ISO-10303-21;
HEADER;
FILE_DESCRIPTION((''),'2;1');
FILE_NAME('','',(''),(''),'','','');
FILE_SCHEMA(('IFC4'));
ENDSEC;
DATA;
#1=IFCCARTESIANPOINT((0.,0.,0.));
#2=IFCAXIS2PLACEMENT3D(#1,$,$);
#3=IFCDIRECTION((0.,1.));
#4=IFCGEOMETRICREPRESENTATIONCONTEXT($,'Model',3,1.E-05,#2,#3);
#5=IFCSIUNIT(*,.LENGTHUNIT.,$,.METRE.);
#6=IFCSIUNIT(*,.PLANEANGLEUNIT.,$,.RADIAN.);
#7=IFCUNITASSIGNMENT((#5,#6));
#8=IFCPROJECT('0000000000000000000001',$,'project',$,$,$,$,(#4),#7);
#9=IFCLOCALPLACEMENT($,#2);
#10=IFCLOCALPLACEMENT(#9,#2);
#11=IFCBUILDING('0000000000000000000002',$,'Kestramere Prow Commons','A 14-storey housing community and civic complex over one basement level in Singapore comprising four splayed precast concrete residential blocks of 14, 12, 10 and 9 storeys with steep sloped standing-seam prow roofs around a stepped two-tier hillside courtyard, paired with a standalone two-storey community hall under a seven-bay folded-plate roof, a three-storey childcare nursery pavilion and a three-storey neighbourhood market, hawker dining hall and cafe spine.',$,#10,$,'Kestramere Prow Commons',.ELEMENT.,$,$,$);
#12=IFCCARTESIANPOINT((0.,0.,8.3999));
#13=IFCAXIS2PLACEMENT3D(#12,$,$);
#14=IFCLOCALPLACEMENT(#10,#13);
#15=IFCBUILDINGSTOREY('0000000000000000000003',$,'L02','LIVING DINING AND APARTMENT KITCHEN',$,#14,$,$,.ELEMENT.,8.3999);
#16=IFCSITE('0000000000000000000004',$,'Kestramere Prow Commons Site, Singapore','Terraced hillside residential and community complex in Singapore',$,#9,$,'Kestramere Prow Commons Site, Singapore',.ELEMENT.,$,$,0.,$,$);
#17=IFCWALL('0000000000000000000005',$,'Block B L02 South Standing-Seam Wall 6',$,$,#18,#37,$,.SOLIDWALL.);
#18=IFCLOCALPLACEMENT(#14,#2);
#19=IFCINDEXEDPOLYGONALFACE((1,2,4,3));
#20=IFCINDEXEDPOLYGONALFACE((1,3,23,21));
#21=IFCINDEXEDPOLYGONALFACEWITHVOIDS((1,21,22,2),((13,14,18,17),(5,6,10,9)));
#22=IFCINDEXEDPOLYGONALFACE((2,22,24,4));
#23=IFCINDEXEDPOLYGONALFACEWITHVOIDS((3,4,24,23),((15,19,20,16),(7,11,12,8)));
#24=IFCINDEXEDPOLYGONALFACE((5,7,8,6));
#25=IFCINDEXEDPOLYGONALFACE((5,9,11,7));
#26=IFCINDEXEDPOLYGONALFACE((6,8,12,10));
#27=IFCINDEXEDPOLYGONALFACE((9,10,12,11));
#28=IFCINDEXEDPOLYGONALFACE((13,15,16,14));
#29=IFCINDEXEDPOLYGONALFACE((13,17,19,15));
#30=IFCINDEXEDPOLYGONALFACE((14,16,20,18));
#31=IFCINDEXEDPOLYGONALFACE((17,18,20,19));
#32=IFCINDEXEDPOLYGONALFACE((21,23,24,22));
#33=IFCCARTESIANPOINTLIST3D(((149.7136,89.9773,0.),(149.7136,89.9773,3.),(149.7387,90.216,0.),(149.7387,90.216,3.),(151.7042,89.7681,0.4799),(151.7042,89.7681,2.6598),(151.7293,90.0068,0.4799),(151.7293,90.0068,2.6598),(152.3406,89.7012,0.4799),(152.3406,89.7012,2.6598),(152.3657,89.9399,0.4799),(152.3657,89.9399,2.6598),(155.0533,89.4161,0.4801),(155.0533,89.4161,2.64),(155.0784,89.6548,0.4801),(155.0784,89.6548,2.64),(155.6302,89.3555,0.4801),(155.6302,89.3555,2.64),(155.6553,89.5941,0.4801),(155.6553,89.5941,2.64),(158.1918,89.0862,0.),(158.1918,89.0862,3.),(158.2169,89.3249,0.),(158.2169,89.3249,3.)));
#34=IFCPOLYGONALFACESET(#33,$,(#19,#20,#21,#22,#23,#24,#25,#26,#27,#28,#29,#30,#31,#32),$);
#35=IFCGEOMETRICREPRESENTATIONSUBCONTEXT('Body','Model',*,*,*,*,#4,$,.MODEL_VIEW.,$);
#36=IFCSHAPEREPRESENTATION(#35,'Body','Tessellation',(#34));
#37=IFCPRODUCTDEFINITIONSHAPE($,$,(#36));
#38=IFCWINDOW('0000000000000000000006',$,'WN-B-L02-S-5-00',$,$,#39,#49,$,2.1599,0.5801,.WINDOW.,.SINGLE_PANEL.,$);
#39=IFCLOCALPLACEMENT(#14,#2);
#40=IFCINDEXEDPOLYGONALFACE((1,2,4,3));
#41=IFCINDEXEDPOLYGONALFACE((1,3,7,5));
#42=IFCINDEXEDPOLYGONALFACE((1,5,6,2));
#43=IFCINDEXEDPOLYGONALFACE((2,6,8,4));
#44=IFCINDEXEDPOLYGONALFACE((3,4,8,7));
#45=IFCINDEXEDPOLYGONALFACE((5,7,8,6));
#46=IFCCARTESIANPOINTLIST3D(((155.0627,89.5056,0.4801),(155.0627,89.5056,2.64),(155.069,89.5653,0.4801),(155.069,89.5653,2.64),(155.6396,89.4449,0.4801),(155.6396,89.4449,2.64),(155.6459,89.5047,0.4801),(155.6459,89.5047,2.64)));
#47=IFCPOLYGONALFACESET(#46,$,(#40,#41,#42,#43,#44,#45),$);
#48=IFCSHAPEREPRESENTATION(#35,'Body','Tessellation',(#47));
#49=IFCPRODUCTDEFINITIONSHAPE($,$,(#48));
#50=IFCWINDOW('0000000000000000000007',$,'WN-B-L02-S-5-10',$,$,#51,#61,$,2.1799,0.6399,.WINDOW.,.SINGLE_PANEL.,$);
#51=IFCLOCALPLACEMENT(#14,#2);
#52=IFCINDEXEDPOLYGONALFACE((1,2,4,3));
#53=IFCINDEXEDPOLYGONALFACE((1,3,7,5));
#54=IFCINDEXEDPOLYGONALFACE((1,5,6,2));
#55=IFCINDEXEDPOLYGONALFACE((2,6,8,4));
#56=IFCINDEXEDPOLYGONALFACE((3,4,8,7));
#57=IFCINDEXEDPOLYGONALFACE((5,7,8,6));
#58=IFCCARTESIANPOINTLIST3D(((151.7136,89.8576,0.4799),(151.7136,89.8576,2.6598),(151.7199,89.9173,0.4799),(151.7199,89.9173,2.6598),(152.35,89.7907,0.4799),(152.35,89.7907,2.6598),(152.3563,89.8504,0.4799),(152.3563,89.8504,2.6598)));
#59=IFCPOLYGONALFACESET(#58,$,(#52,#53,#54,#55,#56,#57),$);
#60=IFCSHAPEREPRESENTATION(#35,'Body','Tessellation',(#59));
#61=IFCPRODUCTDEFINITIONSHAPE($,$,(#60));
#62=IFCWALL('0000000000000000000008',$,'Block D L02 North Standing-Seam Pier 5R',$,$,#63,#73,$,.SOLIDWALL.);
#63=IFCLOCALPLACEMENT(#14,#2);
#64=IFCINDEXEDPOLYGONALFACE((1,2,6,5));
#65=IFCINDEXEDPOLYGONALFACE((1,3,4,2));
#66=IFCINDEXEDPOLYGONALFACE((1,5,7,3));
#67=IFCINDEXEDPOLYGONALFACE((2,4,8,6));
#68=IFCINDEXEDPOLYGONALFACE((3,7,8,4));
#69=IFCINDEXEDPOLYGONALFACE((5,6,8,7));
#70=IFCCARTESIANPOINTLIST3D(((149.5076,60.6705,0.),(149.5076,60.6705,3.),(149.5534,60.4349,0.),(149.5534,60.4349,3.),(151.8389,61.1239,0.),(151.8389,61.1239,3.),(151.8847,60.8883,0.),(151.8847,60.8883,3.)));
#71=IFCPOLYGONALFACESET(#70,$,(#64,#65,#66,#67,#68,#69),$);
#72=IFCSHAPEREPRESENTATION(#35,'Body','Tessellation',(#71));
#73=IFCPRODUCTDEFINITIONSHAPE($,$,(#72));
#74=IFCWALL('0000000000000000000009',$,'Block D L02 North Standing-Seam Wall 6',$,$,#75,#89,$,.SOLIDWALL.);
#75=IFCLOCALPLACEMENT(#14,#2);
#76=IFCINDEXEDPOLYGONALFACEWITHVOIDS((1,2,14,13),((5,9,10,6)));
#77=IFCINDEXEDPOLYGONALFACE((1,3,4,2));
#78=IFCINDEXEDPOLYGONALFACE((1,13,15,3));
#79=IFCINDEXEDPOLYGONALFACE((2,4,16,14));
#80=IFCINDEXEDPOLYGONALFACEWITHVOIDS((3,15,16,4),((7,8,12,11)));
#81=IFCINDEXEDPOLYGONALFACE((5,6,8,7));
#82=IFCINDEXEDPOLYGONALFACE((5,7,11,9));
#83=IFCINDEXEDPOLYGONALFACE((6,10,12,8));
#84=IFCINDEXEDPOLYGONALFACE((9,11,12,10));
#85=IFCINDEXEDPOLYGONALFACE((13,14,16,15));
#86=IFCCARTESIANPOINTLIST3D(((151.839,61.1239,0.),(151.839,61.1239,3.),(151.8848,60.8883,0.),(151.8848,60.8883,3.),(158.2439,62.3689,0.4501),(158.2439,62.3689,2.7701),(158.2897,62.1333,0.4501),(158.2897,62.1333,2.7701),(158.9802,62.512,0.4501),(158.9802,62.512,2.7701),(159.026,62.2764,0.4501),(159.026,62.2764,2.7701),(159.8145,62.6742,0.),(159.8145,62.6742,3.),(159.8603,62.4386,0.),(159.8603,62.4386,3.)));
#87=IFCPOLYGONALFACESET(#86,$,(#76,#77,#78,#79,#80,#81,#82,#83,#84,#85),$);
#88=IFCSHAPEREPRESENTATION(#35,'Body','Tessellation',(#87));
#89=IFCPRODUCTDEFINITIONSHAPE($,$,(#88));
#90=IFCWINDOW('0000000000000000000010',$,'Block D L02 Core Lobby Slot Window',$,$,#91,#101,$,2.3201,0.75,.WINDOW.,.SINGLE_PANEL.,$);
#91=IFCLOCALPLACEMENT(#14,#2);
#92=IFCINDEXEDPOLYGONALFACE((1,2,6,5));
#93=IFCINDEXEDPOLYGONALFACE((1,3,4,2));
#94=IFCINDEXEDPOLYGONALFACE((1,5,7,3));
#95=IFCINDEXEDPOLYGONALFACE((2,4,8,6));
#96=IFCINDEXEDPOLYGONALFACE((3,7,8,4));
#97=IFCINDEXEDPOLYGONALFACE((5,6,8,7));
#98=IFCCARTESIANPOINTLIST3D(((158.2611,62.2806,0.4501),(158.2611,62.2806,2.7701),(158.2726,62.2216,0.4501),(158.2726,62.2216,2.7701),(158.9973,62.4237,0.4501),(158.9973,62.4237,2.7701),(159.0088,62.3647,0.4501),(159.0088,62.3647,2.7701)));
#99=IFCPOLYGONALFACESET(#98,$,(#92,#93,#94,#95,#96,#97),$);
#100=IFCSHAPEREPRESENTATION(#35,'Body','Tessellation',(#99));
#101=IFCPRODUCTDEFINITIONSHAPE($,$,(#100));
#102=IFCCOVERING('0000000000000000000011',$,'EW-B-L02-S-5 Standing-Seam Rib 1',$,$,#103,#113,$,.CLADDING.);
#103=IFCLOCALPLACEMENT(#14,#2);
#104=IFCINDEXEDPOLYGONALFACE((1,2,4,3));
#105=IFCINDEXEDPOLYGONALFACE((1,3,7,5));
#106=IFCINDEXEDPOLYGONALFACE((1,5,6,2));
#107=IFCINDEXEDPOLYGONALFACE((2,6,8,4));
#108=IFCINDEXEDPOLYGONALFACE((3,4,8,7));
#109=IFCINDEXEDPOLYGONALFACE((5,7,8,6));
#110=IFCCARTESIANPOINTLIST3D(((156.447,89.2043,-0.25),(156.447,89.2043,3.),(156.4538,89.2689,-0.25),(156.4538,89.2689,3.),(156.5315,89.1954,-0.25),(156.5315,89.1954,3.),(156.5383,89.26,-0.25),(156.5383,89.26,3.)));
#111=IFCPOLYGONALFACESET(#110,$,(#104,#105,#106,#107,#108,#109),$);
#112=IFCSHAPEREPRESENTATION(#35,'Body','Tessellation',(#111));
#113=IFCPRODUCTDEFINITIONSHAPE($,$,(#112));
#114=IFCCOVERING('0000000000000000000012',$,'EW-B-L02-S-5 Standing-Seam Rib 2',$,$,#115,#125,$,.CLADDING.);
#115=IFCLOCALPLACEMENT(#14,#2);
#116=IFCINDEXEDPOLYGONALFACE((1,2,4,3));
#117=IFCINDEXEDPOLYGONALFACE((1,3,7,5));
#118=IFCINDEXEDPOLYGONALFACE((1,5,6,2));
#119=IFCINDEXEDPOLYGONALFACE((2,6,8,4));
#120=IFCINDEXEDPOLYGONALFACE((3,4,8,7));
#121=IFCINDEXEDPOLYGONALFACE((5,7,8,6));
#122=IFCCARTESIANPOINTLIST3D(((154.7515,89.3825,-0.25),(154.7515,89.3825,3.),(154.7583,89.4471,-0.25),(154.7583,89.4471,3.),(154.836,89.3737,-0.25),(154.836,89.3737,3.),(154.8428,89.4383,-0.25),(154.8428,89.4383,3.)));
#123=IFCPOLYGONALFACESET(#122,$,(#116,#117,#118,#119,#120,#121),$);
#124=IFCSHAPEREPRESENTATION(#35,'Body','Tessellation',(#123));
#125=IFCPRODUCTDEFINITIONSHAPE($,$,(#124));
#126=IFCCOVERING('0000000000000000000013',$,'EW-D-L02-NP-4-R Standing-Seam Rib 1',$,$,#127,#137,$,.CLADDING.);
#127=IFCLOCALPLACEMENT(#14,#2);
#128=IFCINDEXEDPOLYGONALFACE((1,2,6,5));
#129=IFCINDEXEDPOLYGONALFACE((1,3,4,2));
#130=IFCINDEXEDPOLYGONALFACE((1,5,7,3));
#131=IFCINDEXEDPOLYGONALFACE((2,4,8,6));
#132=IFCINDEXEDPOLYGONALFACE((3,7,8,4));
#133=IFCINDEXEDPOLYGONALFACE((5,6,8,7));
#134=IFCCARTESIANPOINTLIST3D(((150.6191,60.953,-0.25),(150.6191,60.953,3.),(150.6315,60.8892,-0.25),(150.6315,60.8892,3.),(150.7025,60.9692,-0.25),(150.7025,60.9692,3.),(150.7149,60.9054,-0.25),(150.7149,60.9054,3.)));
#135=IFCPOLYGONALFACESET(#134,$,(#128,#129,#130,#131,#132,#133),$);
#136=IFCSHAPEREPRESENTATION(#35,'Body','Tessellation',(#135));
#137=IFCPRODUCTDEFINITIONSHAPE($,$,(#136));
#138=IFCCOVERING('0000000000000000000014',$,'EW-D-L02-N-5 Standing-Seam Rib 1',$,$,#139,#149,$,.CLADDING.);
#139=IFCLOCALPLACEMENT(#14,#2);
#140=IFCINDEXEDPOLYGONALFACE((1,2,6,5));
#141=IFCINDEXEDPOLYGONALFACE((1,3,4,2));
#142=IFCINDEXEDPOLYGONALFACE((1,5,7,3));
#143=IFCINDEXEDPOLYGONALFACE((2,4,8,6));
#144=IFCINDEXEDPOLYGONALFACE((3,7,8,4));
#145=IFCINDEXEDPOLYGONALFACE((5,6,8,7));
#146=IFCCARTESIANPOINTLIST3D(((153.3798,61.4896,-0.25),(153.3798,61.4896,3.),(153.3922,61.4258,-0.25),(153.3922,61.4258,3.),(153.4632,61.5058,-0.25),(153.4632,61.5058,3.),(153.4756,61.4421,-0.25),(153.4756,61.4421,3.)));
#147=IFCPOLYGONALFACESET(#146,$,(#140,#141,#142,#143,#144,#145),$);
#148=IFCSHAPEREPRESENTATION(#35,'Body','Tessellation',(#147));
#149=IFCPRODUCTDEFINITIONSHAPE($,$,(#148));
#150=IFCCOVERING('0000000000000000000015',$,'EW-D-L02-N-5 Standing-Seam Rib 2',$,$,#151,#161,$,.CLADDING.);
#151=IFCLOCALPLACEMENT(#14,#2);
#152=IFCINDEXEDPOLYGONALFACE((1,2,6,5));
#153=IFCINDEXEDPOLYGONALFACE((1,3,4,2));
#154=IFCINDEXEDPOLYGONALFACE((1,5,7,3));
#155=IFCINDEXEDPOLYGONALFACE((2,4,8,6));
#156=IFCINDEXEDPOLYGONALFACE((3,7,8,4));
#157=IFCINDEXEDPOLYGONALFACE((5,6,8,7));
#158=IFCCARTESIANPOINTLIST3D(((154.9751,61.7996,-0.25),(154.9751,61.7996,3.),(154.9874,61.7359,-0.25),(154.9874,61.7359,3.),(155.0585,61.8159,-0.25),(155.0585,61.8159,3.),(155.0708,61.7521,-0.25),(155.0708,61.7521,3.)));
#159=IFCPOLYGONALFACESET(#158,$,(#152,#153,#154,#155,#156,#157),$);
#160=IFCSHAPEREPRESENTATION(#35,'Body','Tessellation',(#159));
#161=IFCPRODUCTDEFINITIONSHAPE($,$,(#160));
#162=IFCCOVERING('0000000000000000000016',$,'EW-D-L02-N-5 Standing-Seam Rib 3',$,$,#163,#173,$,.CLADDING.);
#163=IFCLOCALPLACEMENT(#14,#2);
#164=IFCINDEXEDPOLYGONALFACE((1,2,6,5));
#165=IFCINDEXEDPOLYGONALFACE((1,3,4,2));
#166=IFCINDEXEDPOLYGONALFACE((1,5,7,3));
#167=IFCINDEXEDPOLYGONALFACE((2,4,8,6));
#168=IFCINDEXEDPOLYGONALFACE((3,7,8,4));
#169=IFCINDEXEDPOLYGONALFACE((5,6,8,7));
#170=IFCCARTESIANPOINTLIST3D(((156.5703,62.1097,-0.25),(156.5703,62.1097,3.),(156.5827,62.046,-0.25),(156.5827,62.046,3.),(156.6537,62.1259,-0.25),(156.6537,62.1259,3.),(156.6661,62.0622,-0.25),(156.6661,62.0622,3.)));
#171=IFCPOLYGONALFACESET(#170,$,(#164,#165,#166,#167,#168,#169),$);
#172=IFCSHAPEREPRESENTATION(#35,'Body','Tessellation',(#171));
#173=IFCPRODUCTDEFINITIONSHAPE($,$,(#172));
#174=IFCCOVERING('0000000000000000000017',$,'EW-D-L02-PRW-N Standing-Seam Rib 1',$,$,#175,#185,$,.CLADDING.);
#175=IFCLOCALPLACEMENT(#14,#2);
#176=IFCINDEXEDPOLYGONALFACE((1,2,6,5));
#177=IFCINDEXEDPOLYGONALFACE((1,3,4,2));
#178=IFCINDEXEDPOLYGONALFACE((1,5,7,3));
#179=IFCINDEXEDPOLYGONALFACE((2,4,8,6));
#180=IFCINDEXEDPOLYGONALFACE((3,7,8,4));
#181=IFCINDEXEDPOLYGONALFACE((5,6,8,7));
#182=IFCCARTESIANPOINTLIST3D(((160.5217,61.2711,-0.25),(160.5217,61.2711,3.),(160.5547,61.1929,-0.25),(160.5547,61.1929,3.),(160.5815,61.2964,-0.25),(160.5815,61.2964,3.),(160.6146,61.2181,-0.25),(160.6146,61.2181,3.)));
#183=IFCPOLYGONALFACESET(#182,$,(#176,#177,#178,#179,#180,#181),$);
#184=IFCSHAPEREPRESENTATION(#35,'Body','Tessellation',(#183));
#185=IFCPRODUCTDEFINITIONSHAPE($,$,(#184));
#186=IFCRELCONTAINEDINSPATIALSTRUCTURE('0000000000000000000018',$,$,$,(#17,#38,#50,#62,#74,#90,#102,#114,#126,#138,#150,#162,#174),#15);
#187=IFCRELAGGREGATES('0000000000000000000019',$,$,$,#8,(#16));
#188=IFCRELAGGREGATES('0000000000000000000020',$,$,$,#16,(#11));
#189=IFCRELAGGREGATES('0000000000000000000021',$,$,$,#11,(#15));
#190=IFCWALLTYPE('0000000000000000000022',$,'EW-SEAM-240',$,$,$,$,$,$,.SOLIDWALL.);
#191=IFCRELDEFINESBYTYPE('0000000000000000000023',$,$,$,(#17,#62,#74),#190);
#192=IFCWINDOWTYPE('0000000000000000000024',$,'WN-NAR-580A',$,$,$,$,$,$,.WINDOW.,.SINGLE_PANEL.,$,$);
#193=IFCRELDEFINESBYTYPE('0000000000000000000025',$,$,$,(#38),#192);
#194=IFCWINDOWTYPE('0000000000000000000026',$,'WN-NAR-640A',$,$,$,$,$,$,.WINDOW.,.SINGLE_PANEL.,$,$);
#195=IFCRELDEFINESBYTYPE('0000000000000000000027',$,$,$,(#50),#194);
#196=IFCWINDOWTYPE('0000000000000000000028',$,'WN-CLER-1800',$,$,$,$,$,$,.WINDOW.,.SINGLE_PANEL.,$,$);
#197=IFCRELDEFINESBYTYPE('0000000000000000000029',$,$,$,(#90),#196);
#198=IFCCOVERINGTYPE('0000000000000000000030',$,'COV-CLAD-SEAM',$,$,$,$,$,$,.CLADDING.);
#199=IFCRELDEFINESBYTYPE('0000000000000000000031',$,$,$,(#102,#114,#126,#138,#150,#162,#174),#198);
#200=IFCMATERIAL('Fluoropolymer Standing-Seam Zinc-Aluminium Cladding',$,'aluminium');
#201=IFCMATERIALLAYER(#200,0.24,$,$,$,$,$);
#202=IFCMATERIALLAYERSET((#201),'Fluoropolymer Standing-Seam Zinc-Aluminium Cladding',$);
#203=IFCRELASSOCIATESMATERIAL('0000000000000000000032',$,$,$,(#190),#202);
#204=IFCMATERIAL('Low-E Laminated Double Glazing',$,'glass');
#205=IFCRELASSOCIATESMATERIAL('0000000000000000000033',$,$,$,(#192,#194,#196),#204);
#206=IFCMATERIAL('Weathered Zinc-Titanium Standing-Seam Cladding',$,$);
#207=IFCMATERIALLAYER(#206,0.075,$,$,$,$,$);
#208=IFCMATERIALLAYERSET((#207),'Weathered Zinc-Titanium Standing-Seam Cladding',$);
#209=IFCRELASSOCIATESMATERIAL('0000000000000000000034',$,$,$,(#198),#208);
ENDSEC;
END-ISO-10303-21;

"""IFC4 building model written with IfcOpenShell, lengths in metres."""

from ifc_helpers import new_model, si_unit, direction, frame, frame_2d, origin, origin_2d, place, context, subcontext, project, spatial, rectangle, extrude, material, layer, layer_set, type_object, element, fill, save


model = new_model("IFC4")

# Units and contexts
model_context = context("Model", 3, precision=1e-05, world=origin(), true_north=direction((0.0, 1.0)))
body_context = subcontext(model_context, "Body", "Model", "MODEL_VIEW")
ifc_project = project(units=[si_unit("LENGTHUNIT", "METRE"), si_unit("PLANEANGLEUNIT", "RADIAN")], contexts=[model_context])

# Site, building, storey
site_placement = place(None, origin())
site = spatial("IfcSite", under=ifc_project, at=site_placement, Name="Kestramere Prow Commons Site, Singapore", Description="Terraced hillside residential and community complex in Singapore", LongName="Kestramere Prow Commons Site, Singapore", CompositionType="ELEMENT", RefElevation=0.0)
building_placement = place(site_placement, origin())
building = spatial("IfcBuilding", under=site, at=building_placement, Name="Kestramere Prow Commons", Description="A 14-storey housing community and civic complex over one basement level in Singapore comprising four splayed precast concrete residential blocks of 14, 12, 10 and 9 storeys with steep sloped standing-seam prow roofs around a stepped two-tier hillside courtyard, paired with a standalone two-storey community hall under a seven-bay folded-plate roof, a three-storey childcare nursery pavilion and a three-storey neighbourhood market, hawker dining hall and cafe spine.", LongName="Kestramere Prow Commons", CompositionType="ELEMENT")
storey_placement = place(building_placement, frame((0.0, 0.0, 8.3999)))
storey = spatial("IfcBuildingStorey", under=building, at=storey_placement, Name="L02", Description="LIVING DINING AND APARTMENT KITCHEN", CompositionType="ELEMENT", Elevation=8.3999)

# Shared definitions
ifc_material_1 = material(Name="Low-E Laminated Double Glazing", Category="glass")

# Wall, openings, windows
ifc_material_2 = material(Name="Weathered Zinc-Titanium Standing-Seam Cladding")
ifc_material_3 = material(Name="Fluoropolymer Standing-Seam Zinc-Aluminium Cladding", Category="aluminium")
ifc_layer_1 = layer(ifc_material_3, 0.24)
ifc_layer_set_1 = layer_set([ifc_layer_1], Name="Fluoropolymer Standing-Seam Zinc-Aluminium Cladding")
wall_type_1 = type_object("IfcWallType", Name="EW-SEAM-240", PredefinedType="SOLIDWALL", material=ifc_layer_set_1)
wall_1_placement = place(storey_placement, frame((158.2043, 89.2056, 0.0), z_axis=(0.0, 0.0, 1.0), x_axis=(-0.994522, 0.10453, 0.0)))
wall_1 = element("IfcWall", 1, at=wall_1_placement, inside=storey, type_object=wall_type_1, Name="Block B L02 South Standing-Seam Wall 6", PredefinedType="SOLIDWALL", context=body_context, shape_type="SweptSolid", body=[
    extrude(rectangle(XDim=8.5249, YDim=0.24, at=frame_2d((4.2625, 0.0))), origin(), (0.0, 0.0, 1.0), 3.0),
])
opening_1_placement = place(wall_1_placement, frame((2.5757, 0.0, 0.48)))
opening_1 = element("IfcOpeningElement", 2, at=opening_1_placement, cuts=wall_1, PredefinedType="OPENING", context=body_context, shape_type="SweptSolid", body=[
    extrude(rectangle(XDim=0.5801, YDim=2.1599, at=frame_2d((0.29, 1.0801))), frame((0.0, 0.135, 0.0), z_axis=(0.0, -1.0, 0.0), x_axis=(1.0, 0.0, 0.0)), (0.0, 0.0, 1.0), 0.27),
])
opening_2_placement = place(wall_1_placement, frame((5.8835, 0.0, 0.48)))
opening_2 = element("IfcOpeningElement", 3, at=opening_2_placement, cuts=wall_1, PredefinedType="OPENING", context=body_context, shape_type="SweptSolid", body=[
    extrude(rectangle(XDim=0.6399, YDim=2.1799, at=frame_2d((0.3198, 1.0898))), frame((0.0, 0.135, 0.0), z_axis=(0.0, -1.0, 0.0), x_axis=(1.0, 0.0, 0.0)), (0.0, 0.0, 1.0), 0.27),
])
window_type_1 = type_object("IfcWindowType", Name="WN-NAR-580A", PartitioningType="SINGLE_PANEL", PredefinedType="WINDOW", material=ifc_material_1)
window_1_placement = place(opening_1_placement, origin())
window_1 = element("IfcWindow", 4, at=window_1_placement, inside=storey, type_object=window_type_1, Name="WN-B-L02-S-5-00", OverallHeight=2.1599, OverallWidth=0.5801, PartitioningType="SINGLE_PANEL", PredefinedType="WINDOW", context=body_context, shape_type="SweptSolid", body=[
    extrude(rectangle(XDim=0.5801, YDim=2.1599, at=frame_2d((0.29, 1.0801))), frame((0.0, 0.03, 0.0), z_axis=(0.0, -1.0, 0.0), x_axis=(1.0, 0.0, 0.0)), (0.0, 0.0, 1.0), 0.0601),
])
fill(opening_1, window_1)
window_type_2 = type_object("IfcWindowType", Name="WN-NAR-640A", PartitioningType="SINGLE_PANEL", PredefinedType="WINDOW", material=ifc_material_1)
window_2_placement = place(opening_2_placement, origin())
window_2 = element("IfcWindow", 5, at=window_2_placement, inside=storey, type_object=window_type_2, Name="WN-B-L02-S-5-10", OverallHeight=2.1799, OverallWidth=0.6399, PartitioningType="SINGLE_PANEL", PredefinedType="WINDOW", context=body_context, shape_type="SweptSolid", body=[
    extrude(rectangle(XDim=0.6399, YDim=2.1799, at=frame_2d((0.3198, 1.0898))), frame((0.0, 0.03, 0.0), z_axis=(0.0, -1.0, 0.0), x_axis=(1.0, 0.0, 0.0)), (0.0, 0.0, 1.0), 0.0601),
])
fill(opening_2, window_2)

# Wall
wall_2_placement = place(storey_placement, frame((149.5305, 60.5527, 0.0), z_axis=(0.0, 0.0, 1.0), x_axis=(0.981611, 0.190894, 0.0)))
element("IfcWall", 6, at=wall_2_placement, inside=storey, type_object=wall_type_1, Name="Block D L02 North Standing-Seam Pier 5R", PredefinedType="SOLIDWALL", context=body_context, shape_type="SweptSolid", body=[
    extrude(rectangle(XDim=2.375, YDim=0.24, at=frame_2d((1.1875, 0.0))), origin(), (0.0, 0.0, 1.0), 3.0),
])

# Wall, opening, window
wall_3_placement = place(storey_placement, frame((151.8618, 61.0061, 0.0), z_axis=(0.0, 0.0, 1.0), x_axis=(0.981627, 0.190809, 0.0)))
wall_3 = element("IfcWall", 7, at=wall_3_placement, inside=storey, type_object=wall_type_1, Name="Block D L02 North Standing-Seam Wall 6", PredefinedType="SOLIDWALL", context=body_context, shape_type="SweptSolid", body=[
    extrude(rectangle(XDim=8.1248, YDim=0.24, at=frame_2d((4.0625, 0.0))), origin(), (0.0, 0.0, 1.0), 3.0),
])
opening_3_placement = place(wall_3_placement, frame((6.5249, 0.0, 0.45)))
opening_3 = element("IfcOpeningElement", 8, at=opening_3_placement, cuts=wall_3, PredefinedType="OPENING", context=body_context, shape_type="SweptSolid", body=[
    extrude(rectangle(XDim=0.75, YDim=2.3201, at=frame_2d((0.375, 1.1602))), frame((0.0, 0.135, 0.0), z_axis=(0.0, -1.0, 0.0), x_axis=(1.0, 0.0, 0.0)), (0.0, 0.0, 1.0), 0.27),
])
window_type_3 = type_object("IfcWindowType", Name="WN-CLER-1800", PartitioningType="SINGLE_PANEL", PredefinedType="WINDOW", material=ifc_material_1)
window_3_placement = place(opening_3_placement, origin())
window_3 = element("IfcWindow", 9, at=window_3_placement, inside=storey, type_object=window_type_3, Name="Block D L02 Core Lobby Slot Window", OverallHeight=2.3201, OverallWidth=0.75, PartitioningType="SINGLE_PANEL", PredefinedType="WINDOW", context=body_context, shape_type="SweptSolid", body=[
    extrude(rectangle(XDim=0.75, YDim=2.3201, at=frame_2d((0.375, 1.1602))), frame((0.0, 0.03, 0.0), z_axis=(0.0, -1.0, 0.0), x_axis=(1.0, 0.0, 0.0)), (0.0, 0.0, 1.0), 0.0601),
])
fill(opening_3, window_3)

# Coverings
ifc_layer_2 = layer(ifc_material_2, 0.075)
ifc_layer_set_2 = layer_set([ifc_layer_2], Name="Weathered Zinc-Titanium Standing-Seam Cladding")
covering_type = type_object("IfcCoveringType", Name="COV-CLAD-SEAM", PredefinedType="CLADDING", material=ifc_layer_set_2)
for number, where, z_axis, x_axis, name in (
    (10, (156.4927, 89.2322, -0.25), (0.0, 0.0, 1.0), (-0.994522, 0.104528, 0.0), "EW-B-L02-S-5 Standing-Seam Rib 1"),
    (11, (154.7971, 89.4104, -0.25), (0.0, 0.0, 1.0), (-0.994522, 0.104528, 0.0), "EW-B-L02-S-5 Standing-Seam Rib 2"),
    (12, (150.667, 60.9292, -0.25), (0.0, 0.0, 1.0), (0.981627, 0.190809, 0.0), "EW-D-L02-NP-4-R Standing-Seam Rib 1"),
    (13, (153.4277, 61.4658, -0.25), (0.0, 0.0, 1.0), (0.981627, 0.190809, 0.0), "EW-D-L02-N-5 Standing-Seam Rib 1"),
    (14, (155.0229, 61.7759, -0.25), (0.0, 0.0, 1.0), (0.981627, 0.190809, 0.0), "EW-D-L02-N-5 Standing-Seam Rib 2"),
    (15, (156.6182, 62.0859, -0.25), (0.0, 0.0, 1.0), (0.981627, 0.190809, 0.0), "EW-D-L02-N-5 Standing-Seam Rib 3"),
    (16, (160.5681, 61.2446, -0.25), (0.0, 0.0, 1.0), (0.38922, -0.921145, 0.0), "EW-D-L02-PRW-N Standing-Seam Rib 1"),
):
    element("IfcCovering", number, at=place(storey_placement, frame(where, z_axis=z_axis, x_axis=x_axis)), inside=storey, type_object=covering_type, Name=name, PredefinedType="CLADDING", context=body_context, shape_type="SweptSolid", body=[
        extrude(rectangle(XDim=0.085, YDim=0.0649, at=origin_2d()), origin(), (0.0, 0.0, 1.0), 3.25),
    ])

save(model, "model.ifc")
